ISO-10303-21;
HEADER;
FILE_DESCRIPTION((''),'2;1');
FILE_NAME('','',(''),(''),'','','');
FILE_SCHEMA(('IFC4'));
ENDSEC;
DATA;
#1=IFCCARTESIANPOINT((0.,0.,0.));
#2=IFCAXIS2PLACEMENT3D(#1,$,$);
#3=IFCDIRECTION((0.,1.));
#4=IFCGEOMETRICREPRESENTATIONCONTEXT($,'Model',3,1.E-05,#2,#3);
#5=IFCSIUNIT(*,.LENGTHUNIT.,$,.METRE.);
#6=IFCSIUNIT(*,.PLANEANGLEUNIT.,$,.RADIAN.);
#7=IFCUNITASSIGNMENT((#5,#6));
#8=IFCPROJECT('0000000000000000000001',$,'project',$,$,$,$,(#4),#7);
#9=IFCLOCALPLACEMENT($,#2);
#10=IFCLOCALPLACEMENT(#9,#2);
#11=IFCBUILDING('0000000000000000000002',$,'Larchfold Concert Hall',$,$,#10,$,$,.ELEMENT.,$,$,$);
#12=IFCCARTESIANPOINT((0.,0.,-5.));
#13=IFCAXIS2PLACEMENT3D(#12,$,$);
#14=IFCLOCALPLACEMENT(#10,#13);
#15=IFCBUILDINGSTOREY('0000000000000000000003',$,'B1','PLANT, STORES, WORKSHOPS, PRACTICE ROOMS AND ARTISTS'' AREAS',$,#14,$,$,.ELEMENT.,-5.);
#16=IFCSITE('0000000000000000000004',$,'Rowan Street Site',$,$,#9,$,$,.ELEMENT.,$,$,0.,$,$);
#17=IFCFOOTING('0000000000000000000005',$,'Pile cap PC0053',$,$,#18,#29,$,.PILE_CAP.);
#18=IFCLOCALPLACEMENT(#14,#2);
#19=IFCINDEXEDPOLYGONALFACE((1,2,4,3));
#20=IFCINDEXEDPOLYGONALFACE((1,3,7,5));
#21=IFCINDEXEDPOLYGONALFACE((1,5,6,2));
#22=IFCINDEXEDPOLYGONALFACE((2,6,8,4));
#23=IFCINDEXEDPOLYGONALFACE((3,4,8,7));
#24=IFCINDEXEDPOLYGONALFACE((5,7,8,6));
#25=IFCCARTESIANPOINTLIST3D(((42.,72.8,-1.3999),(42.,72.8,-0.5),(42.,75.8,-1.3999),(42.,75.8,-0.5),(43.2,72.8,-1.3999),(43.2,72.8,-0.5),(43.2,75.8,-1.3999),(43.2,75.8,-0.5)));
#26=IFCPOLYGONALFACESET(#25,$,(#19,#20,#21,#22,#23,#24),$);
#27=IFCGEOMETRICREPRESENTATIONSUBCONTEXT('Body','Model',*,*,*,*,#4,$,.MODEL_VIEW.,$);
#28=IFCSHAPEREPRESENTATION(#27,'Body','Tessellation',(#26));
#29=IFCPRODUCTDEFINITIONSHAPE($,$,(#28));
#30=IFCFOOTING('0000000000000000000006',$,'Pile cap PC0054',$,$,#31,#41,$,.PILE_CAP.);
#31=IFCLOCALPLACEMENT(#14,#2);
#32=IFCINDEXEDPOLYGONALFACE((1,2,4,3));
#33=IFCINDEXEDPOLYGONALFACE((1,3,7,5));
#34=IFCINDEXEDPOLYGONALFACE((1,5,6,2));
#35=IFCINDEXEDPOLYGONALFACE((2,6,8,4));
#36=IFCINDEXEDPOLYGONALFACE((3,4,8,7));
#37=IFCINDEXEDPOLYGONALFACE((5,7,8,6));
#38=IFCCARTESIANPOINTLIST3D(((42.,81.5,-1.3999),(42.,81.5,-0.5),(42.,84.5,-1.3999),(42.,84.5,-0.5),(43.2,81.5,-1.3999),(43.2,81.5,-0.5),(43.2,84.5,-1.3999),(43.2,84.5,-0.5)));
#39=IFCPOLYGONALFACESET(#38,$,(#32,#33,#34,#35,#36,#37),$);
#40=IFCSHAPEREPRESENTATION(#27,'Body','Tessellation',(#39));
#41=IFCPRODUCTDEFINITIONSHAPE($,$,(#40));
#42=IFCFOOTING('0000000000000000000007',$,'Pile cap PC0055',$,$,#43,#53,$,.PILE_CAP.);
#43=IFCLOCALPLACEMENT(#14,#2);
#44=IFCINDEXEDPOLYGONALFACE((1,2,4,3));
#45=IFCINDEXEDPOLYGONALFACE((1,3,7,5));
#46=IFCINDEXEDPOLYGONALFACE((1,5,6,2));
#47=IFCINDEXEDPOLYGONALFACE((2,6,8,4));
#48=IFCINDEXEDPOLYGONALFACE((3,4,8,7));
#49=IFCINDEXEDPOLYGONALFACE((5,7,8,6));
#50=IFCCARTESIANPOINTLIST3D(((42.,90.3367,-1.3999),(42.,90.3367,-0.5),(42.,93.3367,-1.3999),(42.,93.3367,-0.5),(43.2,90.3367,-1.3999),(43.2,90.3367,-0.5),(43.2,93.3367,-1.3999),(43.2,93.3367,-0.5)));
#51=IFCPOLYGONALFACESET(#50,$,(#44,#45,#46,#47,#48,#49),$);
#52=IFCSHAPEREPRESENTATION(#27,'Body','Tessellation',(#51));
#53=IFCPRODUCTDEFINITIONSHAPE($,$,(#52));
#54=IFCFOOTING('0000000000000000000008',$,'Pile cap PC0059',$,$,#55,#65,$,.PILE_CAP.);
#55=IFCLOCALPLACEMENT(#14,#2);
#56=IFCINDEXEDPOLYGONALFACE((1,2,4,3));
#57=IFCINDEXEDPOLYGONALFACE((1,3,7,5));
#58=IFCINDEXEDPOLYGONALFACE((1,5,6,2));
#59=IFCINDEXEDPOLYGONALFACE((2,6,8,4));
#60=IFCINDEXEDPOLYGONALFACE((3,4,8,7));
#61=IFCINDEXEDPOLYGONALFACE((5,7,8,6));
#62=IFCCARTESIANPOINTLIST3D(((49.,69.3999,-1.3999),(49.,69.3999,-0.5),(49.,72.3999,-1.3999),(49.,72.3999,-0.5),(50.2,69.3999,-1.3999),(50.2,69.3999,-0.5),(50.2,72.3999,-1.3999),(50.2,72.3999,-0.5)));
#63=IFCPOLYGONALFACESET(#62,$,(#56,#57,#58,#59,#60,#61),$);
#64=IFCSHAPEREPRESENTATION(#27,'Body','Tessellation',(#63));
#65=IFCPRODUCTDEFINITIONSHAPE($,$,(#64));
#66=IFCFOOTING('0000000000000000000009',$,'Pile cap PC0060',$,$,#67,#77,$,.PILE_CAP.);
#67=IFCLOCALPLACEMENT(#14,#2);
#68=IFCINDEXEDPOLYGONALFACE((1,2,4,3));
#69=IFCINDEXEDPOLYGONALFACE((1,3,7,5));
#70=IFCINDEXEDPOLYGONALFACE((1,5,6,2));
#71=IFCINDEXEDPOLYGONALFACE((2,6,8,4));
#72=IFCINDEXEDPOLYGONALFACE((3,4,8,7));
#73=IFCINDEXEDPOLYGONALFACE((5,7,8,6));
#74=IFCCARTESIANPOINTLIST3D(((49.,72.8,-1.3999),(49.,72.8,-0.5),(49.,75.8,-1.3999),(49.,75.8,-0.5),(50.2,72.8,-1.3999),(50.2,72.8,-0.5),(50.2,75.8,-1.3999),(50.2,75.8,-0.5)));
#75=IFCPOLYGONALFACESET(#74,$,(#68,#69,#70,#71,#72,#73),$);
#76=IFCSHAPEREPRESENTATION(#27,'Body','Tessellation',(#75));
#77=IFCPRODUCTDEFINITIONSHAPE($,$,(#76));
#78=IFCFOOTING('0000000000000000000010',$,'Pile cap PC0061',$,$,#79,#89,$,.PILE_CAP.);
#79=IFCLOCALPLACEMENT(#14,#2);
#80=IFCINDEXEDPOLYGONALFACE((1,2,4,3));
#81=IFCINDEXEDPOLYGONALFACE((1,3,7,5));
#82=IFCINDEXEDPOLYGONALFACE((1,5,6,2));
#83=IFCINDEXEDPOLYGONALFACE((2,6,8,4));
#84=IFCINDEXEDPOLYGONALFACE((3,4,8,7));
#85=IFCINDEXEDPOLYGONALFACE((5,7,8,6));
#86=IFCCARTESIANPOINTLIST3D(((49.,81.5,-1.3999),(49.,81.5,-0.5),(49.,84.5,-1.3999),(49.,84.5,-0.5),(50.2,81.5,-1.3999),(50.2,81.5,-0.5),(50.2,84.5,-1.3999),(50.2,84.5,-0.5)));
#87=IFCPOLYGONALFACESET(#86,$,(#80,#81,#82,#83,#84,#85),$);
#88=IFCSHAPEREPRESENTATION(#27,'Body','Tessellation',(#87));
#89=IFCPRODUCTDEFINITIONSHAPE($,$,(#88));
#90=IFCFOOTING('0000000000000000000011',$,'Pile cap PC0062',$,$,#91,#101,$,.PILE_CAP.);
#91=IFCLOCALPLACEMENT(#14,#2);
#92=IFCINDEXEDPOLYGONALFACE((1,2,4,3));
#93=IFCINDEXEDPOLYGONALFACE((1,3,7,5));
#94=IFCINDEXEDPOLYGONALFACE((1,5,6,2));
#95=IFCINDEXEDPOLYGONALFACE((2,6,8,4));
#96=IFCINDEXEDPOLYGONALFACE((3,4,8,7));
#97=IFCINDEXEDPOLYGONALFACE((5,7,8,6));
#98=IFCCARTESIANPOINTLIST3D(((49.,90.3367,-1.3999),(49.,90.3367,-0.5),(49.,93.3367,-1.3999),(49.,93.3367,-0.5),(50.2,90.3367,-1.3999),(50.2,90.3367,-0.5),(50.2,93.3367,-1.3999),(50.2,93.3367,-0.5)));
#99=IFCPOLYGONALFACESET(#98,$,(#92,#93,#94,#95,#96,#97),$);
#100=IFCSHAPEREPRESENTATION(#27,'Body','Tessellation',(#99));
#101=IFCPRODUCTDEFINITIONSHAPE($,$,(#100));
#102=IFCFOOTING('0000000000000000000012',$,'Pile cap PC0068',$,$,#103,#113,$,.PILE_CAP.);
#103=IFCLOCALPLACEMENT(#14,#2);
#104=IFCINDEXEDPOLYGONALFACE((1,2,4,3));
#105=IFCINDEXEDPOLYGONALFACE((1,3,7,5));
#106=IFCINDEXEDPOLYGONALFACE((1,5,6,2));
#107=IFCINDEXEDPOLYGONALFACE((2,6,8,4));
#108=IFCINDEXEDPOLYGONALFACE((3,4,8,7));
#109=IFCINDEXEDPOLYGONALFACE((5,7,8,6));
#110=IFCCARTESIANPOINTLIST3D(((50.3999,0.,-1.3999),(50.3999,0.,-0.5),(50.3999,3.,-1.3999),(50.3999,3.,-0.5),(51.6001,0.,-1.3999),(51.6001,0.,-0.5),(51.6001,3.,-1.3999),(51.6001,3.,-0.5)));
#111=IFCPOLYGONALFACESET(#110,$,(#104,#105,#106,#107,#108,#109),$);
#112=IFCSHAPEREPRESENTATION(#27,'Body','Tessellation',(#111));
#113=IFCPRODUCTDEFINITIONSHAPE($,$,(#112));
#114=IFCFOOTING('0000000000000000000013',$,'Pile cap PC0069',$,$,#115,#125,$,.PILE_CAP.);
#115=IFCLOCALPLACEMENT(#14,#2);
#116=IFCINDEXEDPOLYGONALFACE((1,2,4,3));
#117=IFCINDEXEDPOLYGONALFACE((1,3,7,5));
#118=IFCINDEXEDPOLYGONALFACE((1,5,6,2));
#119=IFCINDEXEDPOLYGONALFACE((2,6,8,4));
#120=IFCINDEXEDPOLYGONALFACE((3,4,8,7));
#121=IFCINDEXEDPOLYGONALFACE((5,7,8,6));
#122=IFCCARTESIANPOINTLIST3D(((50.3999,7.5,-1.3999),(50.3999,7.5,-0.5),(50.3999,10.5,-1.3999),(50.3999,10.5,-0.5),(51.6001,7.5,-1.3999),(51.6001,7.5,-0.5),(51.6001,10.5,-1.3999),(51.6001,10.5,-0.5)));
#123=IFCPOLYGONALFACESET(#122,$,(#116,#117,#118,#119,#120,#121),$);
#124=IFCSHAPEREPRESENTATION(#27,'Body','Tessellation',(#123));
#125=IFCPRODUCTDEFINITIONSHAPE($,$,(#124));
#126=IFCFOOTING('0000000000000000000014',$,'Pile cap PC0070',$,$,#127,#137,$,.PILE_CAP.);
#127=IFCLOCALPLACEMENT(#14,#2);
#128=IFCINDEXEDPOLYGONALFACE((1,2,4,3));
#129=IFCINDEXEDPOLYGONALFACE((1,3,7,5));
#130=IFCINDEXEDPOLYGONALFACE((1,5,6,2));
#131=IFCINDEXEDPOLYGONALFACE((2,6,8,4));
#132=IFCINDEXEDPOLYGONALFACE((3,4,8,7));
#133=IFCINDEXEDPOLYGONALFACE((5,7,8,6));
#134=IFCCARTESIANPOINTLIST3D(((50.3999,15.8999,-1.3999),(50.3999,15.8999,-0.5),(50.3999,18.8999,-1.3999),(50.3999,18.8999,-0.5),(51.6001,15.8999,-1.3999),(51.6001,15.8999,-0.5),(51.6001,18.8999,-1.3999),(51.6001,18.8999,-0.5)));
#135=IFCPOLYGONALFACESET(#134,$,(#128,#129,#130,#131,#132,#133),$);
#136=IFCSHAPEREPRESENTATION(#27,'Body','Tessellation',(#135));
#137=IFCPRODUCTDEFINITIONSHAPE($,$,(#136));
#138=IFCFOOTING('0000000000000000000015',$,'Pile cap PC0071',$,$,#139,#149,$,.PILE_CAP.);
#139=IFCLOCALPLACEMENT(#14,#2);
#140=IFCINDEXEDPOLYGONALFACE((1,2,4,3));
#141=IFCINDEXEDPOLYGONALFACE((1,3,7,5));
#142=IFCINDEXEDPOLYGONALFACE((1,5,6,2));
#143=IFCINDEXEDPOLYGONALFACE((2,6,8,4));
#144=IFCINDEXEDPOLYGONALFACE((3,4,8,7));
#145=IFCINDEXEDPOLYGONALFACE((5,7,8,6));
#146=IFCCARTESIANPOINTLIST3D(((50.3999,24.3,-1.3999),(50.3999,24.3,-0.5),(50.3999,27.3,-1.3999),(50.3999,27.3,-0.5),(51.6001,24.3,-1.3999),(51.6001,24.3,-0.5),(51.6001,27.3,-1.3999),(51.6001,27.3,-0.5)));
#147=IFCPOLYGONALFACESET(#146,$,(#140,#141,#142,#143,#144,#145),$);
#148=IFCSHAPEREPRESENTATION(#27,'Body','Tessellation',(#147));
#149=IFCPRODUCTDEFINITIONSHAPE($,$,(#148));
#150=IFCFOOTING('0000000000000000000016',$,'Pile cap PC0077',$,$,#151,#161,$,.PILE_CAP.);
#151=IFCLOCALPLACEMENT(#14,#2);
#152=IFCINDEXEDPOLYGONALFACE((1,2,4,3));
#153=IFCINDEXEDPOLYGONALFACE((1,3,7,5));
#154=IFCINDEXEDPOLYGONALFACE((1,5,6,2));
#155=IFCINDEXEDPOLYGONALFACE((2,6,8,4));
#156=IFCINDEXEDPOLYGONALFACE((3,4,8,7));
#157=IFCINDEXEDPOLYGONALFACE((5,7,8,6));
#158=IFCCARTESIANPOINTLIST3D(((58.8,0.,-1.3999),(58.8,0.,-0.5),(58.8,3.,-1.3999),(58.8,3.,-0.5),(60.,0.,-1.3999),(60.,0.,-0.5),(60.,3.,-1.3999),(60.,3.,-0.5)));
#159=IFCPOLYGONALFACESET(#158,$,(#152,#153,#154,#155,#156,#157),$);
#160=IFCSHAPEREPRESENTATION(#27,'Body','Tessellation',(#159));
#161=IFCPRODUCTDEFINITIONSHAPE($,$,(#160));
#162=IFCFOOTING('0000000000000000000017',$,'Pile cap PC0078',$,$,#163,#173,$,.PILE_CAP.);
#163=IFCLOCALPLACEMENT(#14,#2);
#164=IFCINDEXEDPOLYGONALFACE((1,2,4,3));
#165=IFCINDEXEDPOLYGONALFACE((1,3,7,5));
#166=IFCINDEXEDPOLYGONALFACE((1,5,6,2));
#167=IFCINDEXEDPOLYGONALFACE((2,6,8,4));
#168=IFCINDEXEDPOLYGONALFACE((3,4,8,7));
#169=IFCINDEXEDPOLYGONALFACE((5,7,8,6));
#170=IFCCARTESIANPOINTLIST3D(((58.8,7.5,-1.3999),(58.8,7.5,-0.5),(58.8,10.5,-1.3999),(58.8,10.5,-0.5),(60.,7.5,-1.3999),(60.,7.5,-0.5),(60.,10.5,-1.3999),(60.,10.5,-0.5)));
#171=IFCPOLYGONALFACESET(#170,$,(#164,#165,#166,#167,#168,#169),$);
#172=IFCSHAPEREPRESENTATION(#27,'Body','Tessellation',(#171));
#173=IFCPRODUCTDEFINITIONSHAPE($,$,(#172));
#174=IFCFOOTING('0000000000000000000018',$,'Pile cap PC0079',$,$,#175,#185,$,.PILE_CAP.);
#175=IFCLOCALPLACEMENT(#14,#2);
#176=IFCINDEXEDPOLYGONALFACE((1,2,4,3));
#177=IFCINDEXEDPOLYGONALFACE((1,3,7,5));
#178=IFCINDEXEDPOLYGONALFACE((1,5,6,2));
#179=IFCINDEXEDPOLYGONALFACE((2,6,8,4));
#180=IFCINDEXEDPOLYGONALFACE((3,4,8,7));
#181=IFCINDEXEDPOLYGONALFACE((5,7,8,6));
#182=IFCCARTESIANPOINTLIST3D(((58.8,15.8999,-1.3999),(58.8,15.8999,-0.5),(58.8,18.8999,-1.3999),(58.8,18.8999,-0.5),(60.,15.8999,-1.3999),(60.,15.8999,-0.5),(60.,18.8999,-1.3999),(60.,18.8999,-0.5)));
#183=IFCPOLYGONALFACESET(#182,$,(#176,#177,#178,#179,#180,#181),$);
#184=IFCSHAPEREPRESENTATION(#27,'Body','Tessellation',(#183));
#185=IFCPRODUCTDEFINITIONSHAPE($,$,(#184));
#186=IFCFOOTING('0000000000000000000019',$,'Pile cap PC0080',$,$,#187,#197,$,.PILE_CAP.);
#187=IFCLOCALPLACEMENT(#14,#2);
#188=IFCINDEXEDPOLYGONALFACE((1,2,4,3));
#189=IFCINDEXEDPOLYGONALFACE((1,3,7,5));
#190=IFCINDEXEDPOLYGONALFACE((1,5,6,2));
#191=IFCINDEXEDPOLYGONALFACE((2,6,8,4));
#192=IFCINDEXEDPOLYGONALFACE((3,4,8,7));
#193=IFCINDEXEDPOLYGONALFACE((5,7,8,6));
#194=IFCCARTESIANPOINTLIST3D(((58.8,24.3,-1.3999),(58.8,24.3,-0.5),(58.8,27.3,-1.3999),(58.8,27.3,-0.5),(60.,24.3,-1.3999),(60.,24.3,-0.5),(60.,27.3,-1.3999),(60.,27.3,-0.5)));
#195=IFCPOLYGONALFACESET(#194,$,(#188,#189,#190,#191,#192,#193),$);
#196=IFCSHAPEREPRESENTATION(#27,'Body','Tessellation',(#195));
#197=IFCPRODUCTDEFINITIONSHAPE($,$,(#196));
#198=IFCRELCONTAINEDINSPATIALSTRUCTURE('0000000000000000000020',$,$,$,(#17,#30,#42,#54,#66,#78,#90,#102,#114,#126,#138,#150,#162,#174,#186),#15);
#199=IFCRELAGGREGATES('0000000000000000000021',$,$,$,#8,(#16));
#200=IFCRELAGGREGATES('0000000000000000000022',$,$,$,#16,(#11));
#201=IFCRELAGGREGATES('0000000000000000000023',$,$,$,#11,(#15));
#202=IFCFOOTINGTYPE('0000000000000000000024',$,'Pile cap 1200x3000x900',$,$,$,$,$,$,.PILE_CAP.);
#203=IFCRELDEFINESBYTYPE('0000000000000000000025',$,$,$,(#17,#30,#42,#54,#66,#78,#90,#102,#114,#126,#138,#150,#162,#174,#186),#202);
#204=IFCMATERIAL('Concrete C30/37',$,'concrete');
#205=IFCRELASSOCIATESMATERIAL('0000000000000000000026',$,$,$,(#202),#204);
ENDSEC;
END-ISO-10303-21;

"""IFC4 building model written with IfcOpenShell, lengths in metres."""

from ifc_helpers import new_model, si_unit, direction, frame, origin, place, context, subcontext, project, spatial, polyline, outline, extrude, material, type_object, element, save


model = new_model("IFC4")

# Units and contexts
model_context = context("Model", 3, precision=1e-05, world=origin(), true_north=direction((0.0, 1.0)))
body_context = subcontext(model_context, "Body", "Model", "MODEL_VIEW")
ifc_project = project(units=[si_unit("LENGTHUNIT", "METRE"), si_unit("PLANEANGLEUNIT", "RADIAN")], contexts=[model_context])

# Site, building, storey
site_placement = place(None, origin())
site = spatial("IfcSite", under=ifc_project, at=site_placement, Name="Rowan Street Site", CompositionType="ELEMENT", RefElevation=0.0)
building_placement = place(site_placement, origin())
building = spatial("IfcBuilding", under=site, at=building_placement, Name="Larchfold Concert Hall", CompositionType="ELEMENT")
storey_placement = place(building_placement, frame((0.0, 0.0, -5.0)))
storey = spatial("IfcBuildingStorey", under=building, at=storey_placement, Name="B1", Description="PLANT, STORES, WORKSHOPS, PRACTICE ROOMS AND ARTISTS' AREAS", CompositionType="ELEMENT", Elevation=-5.0)

# Footings
ifc_material_1 = material(Name="Concrete C30/37", Category="concrete")
footing_type_1 = type_object("IfcFootingType", Name="Pile cap 1200x3000x900", PredefinedType="PILE_CAP", material=ifc_material_1)
footing_1_placement = place(storey_placement, frame((0.0, 0.0, -1.3999)))
element("IfcFooting", 1, at=footing_1_placement, inside=storey, type_object=footing_type_1, Name="Pile cap PC0053", PredefinedType="PILE_CAP", context=body_context, shape_type="SweptSolid", body=[
    extrude(outline(polyline([(43.2, 72.8), (43.2, 75.8), (42.0, 75.8), (42.0, 72.8), (43.2, 72.8)])), origin(), (0.0, 0.0, 1.0), 0.8999),
])
footing_2_placement = place(storey_placement, frame((0.0, 0.0, -1.3999)))
element("IfcFooting", 2, at=footing_2_placement, inside=storey, type_object=footing_type_1, Name="Pile cap PC0054", PredefinedType="PILE_CAP", context=body_context, shape_type="SweptSolid", body=[
    extrude(outline(polyline([(43.2, 81.5), (43.2, 84.5), (42.0, 84.5), (42.0, 81.5), (43.2, 81.5)])), origin(), (0.0, 0.0, 1.0), 0.8999),
])
footing_3_placement = place(storey_placement, frame((0.0, 0.0, -1.3999)))
element("IfcFooting", 3, at=footing_3_placement, inside=storey, type_object=footing_type_1, Name="Pile cap PC0055", PredefinedType="PILE_CAP", context=body_context, shape_type="SweptSolid", body=[
    extrude(outline(polyline([(43.2, 90.3367), (43.2, 93.3367), (42.0, 93.3367), (42.0, 90.3367), (43.2, 90.3367)])), origin(), (0.0, 0.0, 1.0), 0.8999),
])
footing_4_placement = place(storey_placement, frame((0.0, 0.0, -1.3999)))
element("IfcFooting", 4, at=footing_4_placement, inside=storey, type_object=footing_type_1, Name="Pile cap PC0059", PredefinedType="PILE_CAP", context=body_context, shape_type="SweptSolid", body=[
    extrude(outline(polyline([(50.2, 69.3999), (50.2, 72.3999), (49.0, 72.3999), (49.0, 69.3999), (50.2, 69.3999)])), origin(), (0.0, 0.0, 1.0), 0.8999),
])
footing_5_placement = place(storey_placement, frame((0.0, 0.0, -1.3999)))
element("IfcFooting", 5, at=footing_5_placement, inside=storey, type_object=footing_type_1, Name="Pile cap PC0060", PredefinedType="PILE_CAP", context=body_context, shape_type="SweptSolid", body=[
    extrude(outline(polyline([(50.2, 72.8), (50.2, 75.8), (49.0, 75.8), (49.0, 72.8), (50.2, 72.8)])), origin(), (0.0, 0.0, 1.0), 0.8999),
])
footing_6_placement = place(storey_placement, frame((0.0, 0.0, -1.3999)))
element("IfcFooting", 6, at=footing_6_placement, inside=storey, type_object=footing_type_1, Name="Pile cap PC0061", PredefinedType="PILE_CAP", context=body_context, shape_type="SweptSolid", body=[
    extrude(outline(polyline([(50.2, 81.5), (50.2, 84.5), (49.0, 84.5), (49.0, 81.5), (50.2, 81.5)])), origin(), (0.0, 0.0, 1.0), 0.8999),
])
footing_7_placement = place(storey_placement, frame((0.0, 0.0, -1.3999)))
element("IfcFooting", 7, at=footing_7_placement, inside=storey, type_object=footing_type_1, Name="Pile cap PC0062", PredefinedType="PILE_CAP", context=body_context, shape_type="SweptSolid", body=[
    extrude(outline(polyline([(50.2, 90.3367), (50.2, 93.3367), (49.0, 93.3367), (49.0, 90.3367), (50.2, 90.3367)])), origin(), (0.0, 0.0, 1.0), 0.8999),
])
footing_8_placement = place(storey_placement, frame((0.0, 0.0, -1.3999)))
element("IfcFooting", 8, at=footing_8_placement, inside=storey, type_object=footing_type_1, Name="Pile cap PC0068", PredefinedType="PILE_CAP", context=body_context, shape_type="SweptSolid", body=[
    extrude(outline(polyline([(51.6001, 0.0), (51.6001, 3.0), (50.3999, 3.0), (50.3999, 0.0), (51.6001, 0.0)])), origin(), (0.0, 0.0, 1.0), 0.8999),
])
footing_9_placement = place(storey_placement, frame((0.0, 0.0, -1.3999)))
element("IfcFooting", 9, at=footing_9_placement, inside=storey, type_object=footing_type_1, Name="Pile cap PC0069", PredefinedType="PILE_CAP", context=body_context, shape_type="SweptSolid", body=[
    extrude(outline(polyline([(51.6001, 7.5), (51.6001, 10.5), (50.3999, 10.5), (50.3999, 7.5), (51.6001, 7.5)])), origin(), (0.0, 0.0, 1.0), 0.8999),
])
footing_10_placement = place(storey_placement, frame((0.0, 0.0, -1.3999)))
element("IfcFooting", 10, at=footing_10_placement, inside=storey, type_object=footing_type_1, Name="Pile cap PC0070", PredefinedType="PILE_CAP", context=body_context, shape_type="SweptSolid", body=[
    extrude(outline(polyline([(51.6001, 15.8999), (51.6001, 18.8999), (50.3999, 18.8999), (50.3999, 15.8999), (51.6001, 15.8999)])), origin(), (0.0, 0.0, 1.0), 0.8999),
])
footing_11_placement = place(storey_placement, frame((0.0, 0.0, -1.3999)))
element("IfcFooting", 11, at=footing_11_placement, inside=storey, type_object=footing_type_1, Name="Pile cap PC0071", PredefinedType="PILE_CAP", context=body_context, shape_type="SweptSolid", body=[
    extrude(outline(polyline([(51.6001, 24.3), (51.6001, 27.3), (50.3999, 27.3), (50.3999, 24.3), (51.6001, 24.3)])), origin(), (0.0, 0.0, 1.0), 0.8999),
])
footing_12_placement = place(storey_placement, frame((0.0, 0.0, -1.3999)))
element("IfcFooting", 12, at=footing_12_placement, inside=storey, type_object=footing_type_1, Name="Pile cap PC0077", PredefinedType="PILE_CAP", context=body_context, shape_type="SweptSolid", body=[
    extrude(outline(polyline([(60.0, 0.0), (60.0, 3.0), (58.8, 3.0), (58.8, 0.0), (60.0, 0.0)])), origin(), (0.0, 0.0, 1.0), 0.8999),
])
footing_13_placement = place(storey_placement, frame((0.0, 0.0, -1.3999)))
element("IfcFooting", 13, at=footing_13_placement, inside=storey, type_object=footing_type_1, Name="Pile cap PC0078", PredefinedType="PILE_CAP", context=body_context, shape_type="SweptSolid", body=[
    extrude(outline(polyline([(60.0, 7.5), (60.0, 10.5), (58.8, 10.5), (58.8, 7.5), (60.0, 7.5)])), origin(), (0.0, 0.0, 1.0), 0.8999),
])
footing_14_placement = place(storey_placement, frame((0.0, 0.0, -1.3999)))
element("IfcFooting", 14, at=footing_14_placement, inside=storey, type_object=footing_type_1, Name="Pile cap PC0079", PredefinedType="PILE_CAP", context=body_context, shape_type="SweptSolid", body=[
    extrude(outline(polyline([(60.0, 15.8999), (60.0, 18.8999), (58.8, 18.8999), (58.8, 15.8999), (60.0, 15.8999)])), origin(), (0.0, 0.0, 1.0), 0.8999),
])
footing_15_placement = place(storey_placement, frame((0.0, 0.0, -1.3999)))
element("IfcFooting", 15, at=footing_15_placement, inside=storey, type_object=footing_type_1, Name="Pile cap PC0080", PredefinedType="PILE_CAP", context=body_context, shape_type="SweptSolid", body=[
    extrude(outline(polyline([(60.0, 24.3), (60.0, 27.3), (58.8, 27.3), (58.8, 24.3), (60.0, 24.3)])), origin(), (0.0, 0.0, 1.0), 0.8999),
])

save(model, "model.ifc")
